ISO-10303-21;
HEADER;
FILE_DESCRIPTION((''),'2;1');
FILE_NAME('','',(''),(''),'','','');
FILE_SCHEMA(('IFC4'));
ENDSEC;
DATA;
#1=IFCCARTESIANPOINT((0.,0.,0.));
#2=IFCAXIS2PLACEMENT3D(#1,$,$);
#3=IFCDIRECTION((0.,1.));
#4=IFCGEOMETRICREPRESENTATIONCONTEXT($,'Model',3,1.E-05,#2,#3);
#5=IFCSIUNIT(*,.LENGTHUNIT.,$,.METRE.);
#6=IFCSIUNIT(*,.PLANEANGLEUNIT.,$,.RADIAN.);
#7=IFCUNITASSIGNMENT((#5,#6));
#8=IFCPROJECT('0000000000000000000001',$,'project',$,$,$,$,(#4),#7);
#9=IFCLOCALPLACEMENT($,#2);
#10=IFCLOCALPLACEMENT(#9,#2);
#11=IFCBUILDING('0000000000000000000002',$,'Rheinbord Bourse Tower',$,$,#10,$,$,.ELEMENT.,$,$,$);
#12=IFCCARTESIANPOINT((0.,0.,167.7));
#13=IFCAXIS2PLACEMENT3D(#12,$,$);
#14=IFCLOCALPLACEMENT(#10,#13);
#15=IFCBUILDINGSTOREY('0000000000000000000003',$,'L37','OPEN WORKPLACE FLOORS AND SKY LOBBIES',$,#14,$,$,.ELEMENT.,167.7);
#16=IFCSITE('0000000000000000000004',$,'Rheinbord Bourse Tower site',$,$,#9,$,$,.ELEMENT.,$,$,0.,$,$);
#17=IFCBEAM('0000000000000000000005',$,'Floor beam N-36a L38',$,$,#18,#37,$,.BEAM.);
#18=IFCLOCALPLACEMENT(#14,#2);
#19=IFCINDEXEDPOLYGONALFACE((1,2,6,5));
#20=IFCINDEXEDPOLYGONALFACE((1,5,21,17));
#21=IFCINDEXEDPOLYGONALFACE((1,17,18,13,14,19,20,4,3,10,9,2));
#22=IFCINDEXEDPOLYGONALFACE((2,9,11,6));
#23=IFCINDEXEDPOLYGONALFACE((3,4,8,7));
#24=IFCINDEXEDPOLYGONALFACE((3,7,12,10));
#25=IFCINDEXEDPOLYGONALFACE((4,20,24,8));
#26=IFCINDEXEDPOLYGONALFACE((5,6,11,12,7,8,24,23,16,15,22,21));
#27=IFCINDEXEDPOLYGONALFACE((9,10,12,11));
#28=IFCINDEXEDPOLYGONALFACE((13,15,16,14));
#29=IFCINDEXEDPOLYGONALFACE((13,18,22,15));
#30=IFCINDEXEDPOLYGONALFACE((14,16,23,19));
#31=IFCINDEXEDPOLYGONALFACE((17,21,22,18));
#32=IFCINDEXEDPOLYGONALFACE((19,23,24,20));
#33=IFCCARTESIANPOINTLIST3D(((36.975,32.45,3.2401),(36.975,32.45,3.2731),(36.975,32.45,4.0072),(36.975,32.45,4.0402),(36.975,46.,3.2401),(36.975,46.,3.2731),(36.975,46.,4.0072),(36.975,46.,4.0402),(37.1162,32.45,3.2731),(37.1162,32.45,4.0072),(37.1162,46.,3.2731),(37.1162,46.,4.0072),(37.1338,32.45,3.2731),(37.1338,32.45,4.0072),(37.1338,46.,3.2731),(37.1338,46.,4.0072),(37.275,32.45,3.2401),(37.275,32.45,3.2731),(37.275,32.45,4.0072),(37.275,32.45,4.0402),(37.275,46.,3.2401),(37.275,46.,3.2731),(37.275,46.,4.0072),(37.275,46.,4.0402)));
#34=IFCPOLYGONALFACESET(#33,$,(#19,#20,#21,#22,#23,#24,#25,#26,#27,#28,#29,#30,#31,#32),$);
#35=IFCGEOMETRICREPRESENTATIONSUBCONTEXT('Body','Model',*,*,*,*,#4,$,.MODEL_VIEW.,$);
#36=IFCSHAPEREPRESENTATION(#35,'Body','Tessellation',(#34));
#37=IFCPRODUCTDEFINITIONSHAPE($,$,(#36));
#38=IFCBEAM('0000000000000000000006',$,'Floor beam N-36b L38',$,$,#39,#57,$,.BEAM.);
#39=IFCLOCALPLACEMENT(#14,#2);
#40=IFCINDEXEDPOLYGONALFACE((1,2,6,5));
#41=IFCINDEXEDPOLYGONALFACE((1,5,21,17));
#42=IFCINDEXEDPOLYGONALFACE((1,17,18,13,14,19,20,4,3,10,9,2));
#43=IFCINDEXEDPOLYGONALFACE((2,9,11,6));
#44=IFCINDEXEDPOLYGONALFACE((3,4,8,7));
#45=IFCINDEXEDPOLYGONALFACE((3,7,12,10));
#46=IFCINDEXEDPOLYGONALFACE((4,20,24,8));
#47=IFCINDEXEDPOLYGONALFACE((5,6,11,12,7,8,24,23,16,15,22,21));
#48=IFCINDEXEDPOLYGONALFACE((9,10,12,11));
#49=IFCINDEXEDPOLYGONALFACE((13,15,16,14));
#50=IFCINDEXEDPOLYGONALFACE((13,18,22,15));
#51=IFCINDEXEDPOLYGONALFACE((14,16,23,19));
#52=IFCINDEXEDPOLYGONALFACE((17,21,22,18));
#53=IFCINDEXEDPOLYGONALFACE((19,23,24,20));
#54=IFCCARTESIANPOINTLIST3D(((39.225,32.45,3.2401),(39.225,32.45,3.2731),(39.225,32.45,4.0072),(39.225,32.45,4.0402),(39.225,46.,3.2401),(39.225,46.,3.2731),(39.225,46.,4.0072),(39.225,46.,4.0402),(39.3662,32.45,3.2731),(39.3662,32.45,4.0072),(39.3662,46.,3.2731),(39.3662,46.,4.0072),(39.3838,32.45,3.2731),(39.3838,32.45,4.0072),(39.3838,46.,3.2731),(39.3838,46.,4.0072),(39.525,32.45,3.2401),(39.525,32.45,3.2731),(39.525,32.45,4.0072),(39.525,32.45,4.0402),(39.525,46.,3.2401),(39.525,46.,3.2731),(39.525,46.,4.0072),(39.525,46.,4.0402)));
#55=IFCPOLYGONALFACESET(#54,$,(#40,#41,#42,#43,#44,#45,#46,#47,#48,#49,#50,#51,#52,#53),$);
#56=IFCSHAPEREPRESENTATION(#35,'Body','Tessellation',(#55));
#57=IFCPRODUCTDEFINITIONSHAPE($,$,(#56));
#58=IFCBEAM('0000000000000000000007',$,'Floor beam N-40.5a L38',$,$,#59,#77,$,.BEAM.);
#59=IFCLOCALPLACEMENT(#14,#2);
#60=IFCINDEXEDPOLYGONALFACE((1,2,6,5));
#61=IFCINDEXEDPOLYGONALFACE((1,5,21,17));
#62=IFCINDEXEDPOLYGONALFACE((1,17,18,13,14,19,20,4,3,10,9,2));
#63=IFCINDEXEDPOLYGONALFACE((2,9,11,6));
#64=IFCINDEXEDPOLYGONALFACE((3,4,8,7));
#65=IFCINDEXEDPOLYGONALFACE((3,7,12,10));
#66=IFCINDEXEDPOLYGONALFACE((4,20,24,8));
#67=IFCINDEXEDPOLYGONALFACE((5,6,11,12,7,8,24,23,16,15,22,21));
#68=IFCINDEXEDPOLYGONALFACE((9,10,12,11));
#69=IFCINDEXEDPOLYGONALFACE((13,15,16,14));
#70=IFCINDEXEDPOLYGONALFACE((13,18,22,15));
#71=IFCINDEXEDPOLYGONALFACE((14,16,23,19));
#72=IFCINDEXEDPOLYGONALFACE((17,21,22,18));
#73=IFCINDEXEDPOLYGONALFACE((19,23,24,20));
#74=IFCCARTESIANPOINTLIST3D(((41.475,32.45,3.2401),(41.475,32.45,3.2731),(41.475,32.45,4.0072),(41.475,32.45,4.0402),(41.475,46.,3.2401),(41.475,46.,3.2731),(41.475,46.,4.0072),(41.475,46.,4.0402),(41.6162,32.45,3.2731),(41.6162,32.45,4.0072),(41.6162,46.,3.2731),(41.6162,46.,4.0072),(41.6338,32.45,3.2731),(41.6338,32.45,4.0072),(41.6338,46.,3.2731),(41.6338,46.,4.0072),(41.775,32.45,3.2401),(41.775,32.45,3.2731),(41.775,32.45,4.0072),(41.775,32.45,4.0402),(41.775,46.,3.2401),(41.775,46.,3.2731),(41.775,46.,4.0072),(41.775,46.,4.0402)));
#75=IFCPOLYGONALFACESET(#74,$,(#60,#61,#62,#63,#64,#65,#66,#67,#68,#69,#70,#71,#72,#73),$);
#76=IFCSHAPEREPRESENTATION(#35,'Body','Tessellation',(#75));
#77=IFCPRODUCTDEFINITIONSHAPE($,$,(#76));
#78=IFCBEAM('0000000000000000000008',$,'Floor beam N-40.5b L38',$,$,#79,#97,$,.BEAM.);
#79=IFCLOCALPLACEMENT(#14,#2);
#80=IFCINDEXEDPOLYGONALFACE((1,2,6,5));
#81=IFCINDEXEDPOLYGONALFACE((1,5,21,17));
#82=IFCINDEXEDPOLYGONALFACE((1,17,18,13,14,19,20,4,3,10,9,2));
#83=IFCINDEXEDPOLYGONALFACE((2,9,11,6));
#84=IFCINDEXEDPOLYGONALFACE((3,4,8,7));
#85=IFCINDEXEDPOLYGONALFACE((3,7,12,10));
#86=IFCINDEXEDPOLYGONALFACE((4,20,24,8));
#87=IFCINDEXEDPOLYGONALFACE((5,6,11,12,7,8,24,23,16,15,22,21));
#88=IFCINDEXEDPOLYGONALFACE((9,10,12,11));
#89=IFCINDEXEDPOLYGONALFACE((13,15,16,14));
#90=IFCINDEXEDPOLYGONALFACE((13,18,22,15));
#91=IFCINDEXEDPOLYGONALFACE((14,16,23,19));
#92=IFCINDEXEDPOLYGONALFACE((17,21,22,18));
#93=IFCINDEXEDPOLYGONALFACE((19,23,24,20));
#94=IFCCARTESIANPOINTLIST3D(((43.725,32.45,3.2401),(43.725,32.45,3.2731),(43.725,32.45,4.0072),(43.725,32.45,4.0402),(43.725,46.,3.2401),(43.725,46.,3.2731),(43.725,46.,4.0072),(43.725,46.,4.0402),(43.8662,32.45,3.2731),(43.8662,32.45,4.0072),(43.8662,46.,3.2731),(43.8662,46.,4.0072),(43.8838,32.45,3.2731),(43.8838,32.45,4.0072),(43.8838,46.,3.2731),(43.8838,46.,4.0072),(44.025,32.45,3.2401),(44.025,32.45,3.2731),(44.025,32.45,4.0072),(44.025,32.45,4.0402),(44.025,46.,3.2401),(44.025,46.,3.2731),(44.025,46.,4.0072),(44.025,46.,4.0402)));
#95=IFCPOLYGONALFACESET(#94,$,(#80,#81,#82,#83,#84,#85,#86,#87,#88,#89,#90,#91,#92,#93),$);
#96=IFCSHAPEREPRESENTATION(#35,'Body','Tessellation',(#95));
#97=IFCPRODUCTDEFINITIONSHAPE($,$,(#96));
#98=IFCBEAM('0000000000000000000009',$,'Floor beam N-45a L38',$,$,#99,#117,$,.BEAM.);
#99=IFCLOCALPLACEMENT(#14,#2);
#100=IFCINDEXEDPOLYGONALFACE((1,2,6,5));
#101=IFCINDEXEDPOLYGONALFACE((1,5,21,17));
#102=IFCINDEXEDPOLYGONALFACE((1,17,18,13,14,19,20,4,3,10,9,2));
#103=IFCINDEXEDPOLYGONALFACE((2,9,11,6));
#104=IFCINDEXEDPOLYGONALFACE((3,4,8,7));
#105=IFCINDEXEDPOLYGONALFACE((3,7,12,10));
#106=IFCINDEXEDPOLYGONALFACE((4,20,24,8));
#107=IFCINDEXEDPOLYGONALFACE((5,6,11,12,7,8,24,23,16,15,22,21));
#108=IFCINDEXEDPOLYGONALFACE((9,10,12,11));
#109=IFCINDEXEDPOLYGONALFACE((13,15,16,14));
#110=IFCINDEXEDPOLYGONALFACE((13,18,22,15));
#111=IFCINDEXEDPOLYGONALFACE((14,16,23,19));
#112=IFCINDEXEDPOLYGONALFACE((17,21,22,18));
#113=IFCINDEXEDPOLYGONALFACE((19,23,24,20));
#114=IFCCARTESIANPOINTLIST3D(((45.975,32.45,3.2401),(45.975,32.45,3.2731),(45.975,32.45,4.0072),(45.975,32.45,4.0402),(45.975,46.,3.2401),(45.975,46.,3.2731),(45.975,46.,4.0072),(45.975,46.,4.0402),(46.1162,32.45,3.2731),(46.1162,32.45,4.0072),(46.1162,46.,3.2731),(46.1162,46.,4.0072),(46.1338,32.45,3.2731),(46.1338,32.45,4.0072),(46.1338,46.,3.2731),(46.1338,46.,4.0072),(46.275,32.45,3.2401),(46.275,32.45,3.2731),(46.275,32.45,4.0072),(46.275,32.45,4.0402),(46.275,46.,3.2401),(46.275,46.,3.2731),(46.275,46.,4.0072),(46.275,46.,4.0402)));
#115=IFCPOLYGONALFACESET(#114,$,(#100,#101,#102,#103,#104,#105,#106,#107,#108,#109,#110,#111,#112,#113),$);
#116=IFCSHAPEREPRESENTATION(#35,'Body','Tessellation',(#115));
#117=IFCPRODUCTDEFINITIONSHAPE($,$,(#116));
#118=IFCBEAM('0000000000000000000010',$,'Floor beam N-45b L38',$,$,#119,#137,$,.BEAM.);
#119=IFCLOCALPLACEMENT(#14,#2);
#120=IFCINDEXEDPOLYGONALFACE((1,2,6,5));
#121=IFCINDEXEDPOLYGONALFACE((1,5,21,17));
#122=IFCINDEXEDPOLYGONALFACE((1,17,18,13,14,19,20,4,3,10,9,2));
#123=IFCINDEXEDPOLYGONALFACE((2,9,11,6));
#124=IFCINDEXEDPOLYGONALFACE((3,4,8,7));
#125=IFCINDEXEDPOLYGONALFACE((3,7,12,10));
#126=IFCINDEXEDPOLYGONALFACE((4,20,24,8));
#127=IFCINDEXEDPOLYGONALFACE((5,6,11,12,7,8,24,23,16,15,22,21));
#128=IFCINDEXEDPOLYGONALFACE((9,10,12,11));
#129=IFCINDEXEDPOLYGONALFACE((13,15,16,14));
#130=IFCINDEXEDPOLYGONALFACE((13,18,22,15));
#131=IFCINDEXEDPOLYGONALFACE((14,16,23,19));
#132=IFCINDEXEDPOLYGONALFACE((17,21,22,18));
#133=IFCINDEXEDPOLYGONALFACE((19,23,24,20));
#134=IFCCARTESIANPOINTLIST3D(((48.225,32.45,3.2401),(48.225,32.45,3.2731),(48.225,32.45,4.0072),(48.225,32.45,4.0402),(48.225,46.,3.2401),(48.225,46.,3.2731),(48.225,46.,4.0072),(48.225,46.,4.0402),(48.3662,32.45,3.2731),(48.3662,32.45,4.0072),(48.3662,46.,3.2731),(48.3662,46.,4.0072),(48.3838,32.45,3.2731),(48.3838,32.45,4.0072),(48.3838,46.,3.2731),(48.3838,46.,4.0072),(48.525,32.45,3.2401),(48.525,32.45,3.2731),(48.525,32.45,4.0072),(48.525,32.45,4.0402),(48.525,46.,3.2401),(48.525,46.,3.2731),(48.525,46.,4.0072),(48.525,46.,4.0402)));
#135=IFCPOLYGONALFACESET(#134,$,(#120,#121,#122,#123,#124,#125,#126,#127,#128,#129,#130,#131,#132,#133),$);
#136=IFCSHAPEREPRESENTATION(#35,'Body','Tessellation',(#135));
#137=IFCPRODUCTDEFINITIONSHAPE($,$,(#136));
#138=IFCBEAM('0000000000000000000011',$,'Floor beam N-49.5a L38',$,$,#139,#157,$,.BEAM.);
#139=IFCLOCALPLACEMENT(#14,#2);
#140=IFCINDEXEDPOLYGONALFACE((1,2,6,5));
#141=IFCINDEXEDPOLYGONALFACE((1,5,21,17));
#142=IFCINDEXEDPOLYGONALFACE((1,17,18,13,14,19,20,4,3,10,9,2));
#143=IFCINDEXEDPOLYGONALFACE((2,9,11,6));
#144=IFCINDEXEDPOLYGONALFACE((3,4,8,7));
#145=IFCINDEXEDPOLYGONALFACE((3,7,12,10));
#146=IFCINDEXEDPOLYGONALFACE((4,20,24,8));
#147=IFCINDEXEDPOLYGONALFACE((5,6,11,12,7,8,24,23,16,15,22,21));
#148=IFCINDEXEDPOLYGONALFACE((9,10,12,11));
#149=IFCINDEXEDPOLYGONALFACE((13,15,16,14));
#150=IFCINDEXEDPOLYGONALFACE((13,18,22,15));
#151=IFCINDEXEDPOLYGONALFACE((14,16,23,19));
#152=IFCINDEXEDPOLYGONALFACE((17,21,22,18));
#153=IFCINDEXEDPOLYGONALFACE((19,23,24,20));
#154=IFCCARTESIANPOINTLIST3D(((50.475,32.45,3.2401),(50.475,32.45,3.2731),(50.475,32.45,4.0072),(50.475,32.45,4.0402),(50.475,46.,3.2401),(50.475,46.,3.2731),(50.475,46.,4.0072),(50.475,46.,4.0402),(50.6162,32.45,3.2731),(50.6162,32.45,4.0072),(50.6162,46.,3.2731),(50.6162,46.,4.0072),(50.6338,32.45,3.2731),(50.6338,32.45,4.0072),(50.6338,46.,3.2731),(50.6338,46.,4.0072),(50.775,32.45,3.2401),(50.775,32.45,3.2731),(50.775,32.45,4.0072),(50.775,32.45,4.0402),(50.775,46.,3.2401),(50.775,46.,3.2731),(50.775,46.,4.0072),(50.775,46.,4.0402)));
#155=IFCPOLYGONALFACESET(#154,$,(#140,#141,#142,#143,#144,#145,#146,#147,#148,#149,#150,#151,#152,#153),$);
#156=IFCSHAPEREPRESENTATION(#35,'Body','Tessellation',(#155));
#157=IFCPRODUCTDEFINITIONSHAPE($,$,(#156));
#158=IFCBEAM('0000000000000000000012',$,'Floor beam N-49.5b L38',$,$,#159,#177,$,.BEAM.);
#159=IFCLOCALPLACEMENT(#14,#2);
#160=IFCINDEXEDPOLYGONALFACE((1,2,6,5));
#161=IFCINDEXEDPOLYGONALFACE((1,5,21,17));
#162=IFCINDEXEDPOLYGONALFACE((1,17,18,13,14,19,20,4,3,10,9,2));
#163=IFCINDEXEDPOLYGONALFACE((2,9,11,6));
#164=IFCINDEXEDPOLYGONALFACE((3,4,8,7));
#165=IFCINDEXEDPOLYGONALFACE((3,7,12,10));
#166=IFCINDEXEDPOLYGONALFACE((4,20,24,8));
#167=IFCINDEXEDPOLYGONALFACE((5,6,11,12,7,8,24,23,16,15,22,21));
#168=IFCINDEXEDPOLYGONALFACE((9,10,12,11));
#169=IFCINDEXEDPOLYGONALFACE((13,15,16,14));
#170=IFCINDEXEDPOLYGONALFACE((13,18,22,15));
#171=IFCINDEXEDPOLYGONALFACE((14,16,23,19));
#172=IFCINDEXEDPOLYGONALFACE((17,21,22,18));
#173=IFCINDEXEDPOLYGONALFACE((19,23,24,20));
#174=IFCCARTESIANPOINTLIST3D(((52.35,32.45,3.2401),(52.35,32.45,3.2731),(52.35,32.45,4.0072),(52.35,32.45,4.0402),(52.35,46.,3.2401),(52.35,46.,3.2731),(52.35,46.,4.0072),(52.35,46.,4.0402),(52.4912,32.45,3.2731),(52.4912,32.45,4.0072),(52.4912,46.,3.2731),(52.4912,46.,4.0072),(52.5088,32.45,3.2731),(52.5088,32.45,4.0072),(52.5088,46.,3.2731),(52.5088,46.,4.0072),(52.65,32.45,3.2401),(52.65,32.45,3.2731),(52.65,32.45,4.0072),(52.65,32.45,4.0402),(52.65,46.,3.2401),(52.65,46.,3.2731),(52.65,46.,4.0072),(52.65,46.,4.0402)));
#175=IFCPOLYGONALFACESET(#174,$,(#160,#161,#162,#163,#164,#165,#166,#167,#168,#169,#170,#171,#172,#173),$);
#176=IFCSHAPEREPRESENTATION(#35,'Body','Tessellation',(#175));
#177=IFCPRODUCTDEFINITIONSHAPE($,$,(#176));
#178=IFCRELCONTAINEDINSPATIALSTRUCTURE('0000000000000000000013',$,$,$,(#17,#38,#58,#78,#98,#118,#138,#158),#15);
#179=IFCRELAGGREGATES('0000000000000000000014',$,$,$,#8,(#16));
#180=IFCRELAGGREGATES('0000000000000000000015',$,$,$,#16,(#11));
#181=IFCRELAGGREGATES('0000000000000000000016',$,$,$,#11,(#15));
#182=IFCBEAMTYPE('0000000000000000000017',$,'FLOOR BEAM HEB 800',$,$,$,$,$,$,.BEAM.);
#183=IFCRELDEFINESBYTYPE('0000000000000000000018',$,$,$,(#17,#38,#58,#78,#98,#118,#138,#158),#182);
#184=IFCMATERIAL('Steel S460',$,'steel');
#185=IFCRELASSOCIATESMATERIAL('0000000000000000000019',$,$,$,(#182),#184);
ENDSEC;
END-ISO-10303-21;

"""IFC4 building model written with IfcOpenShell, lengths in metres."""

from ifc_helpers import new_model, si_unit, direction, frame, origin, origin_2d, place, context, subcontext, project, spatial, i_section, extrude, material, material_profile, profile_set, type_object, element, save


model = new_model("IFC4")

# Units and contexts
model_context = context("Model", 3, precision=1e-05, world=origin(), true_north=direction((0.0, 1.0)))
body_context = subcontext(model_context, "Body", "Model", "MODEL_VIEW")
ifc_project = project(units=[si_unit("LENGTHUNIT", "METRE"), si_unit("PLANEANGLEUNIT", "RADIAN")], contexts=[model_context])

# Site, building, storey
site_placement = place(None, origin())
site = spatial("IfcSite", under=ifc_project, at=site_placement, Name="Rheinbord Bourse Tower site", CompositionType="ELEMENT", RefElevation=0.0)
building_placement = place(site_placement, origin())
building = spatial("IfcBuilding", under=site, at=building_placement, Name="Rheinbord Bourse Tower", CompositionType="ELEMENT")
storey_placement = place(building_placement, frame((0.0, 0.0, 167.7)))
storey = spatial("IfcBuildingStorey", under=building, at=storey_placement, Name="L37", Description="OPEN WORKPLACE FLOORS AND SKY LOBBIES", CompositionType="ELEMENT", Elevation=167.7)

# Beams
ifc_material_1 = material(Name="Steel S460", Category="steel")
ifc_material_profile_1 = material_profile(ifc_material_1, i_section(OverallWidth=0.3, OverallDepth=0.8, WebThickness=0.0176, FlangeThickness=0.033, at=origin_2d()), Name="HEB 800")
ifc_profile_set_1 = profile_set([ifc_material_profile_1], Name="Steel S460")
beam_type_1 = type_object("IfcBeamType", Name="FLOOR BEAM HEB 800", PredefinedType="BEAM", material=ifc_profile_set_1)
for number, where, z_axis, x_axis, name in (
    (1, (37.125, 46.0, 3.6401), (0.0, -1.0, 0.0), (1.0, 0.0, 0.0), "Floor beam N-36a L38"),
    (2, (39.375, 46.0, 3.6401), (0.0, -1.0, 0.0), (1.0, 0.0, 0.0), "Floor beam N-36b L38"),
    (3, (41.625, 46.0, 3.6401), (0.0, -1.0, 0.0), (1.0, 0.0, 0.0), "Floor beam N-40.5a L38"),
    (4, (43.875, 46.0, 3.6401), (0.0, -1.0, 0.0), (1.0, 0.0, 0.0), "Floor beam N-40.5b L38"),
    (5, (46.125, 46.0, 3.6401), (0.0, -1.0, 0.0), (1.0, 0.0, 0.0), "Floor beam N-45a L38"),
    (6, (48.375, 46.0, 3.6401), (0.0, -1.0, 0.0), (1.0, 0.0, 0.0), "Floor beam N-45b L38"),
    (7, (50.625, 46.0, 3.6401), (0.0, -1.0, 0.0), (1.0, 0.0, 0.0), "Floor beam N-49.5a L38"),
    (8, (52.5, 46.0, 3.6401), (0.0, -1.0, 0.0), (1.0, 0.0, 0.0), "Floor beam N-49.5b L38"),
):
    element("IfcBeam", number, at=place(storey_placement, frame(where, z_axis=z_axis, x_axis=x_axis)), inside=storey, type_object=beam_type_1, Name=name, PredefinedType="BEAM", context=body_context, shape_type="SweptSolid", body=[
        extrude(i_section(OverallWidth=0.3, OverallDepth=0.8, WebThickness=0.0176, FlangeThickness=0.033, at=origin_2d()), origin(), (0.0, 0.0, 1.0), 13.55),
    ])

save(model, "model.ifc")
